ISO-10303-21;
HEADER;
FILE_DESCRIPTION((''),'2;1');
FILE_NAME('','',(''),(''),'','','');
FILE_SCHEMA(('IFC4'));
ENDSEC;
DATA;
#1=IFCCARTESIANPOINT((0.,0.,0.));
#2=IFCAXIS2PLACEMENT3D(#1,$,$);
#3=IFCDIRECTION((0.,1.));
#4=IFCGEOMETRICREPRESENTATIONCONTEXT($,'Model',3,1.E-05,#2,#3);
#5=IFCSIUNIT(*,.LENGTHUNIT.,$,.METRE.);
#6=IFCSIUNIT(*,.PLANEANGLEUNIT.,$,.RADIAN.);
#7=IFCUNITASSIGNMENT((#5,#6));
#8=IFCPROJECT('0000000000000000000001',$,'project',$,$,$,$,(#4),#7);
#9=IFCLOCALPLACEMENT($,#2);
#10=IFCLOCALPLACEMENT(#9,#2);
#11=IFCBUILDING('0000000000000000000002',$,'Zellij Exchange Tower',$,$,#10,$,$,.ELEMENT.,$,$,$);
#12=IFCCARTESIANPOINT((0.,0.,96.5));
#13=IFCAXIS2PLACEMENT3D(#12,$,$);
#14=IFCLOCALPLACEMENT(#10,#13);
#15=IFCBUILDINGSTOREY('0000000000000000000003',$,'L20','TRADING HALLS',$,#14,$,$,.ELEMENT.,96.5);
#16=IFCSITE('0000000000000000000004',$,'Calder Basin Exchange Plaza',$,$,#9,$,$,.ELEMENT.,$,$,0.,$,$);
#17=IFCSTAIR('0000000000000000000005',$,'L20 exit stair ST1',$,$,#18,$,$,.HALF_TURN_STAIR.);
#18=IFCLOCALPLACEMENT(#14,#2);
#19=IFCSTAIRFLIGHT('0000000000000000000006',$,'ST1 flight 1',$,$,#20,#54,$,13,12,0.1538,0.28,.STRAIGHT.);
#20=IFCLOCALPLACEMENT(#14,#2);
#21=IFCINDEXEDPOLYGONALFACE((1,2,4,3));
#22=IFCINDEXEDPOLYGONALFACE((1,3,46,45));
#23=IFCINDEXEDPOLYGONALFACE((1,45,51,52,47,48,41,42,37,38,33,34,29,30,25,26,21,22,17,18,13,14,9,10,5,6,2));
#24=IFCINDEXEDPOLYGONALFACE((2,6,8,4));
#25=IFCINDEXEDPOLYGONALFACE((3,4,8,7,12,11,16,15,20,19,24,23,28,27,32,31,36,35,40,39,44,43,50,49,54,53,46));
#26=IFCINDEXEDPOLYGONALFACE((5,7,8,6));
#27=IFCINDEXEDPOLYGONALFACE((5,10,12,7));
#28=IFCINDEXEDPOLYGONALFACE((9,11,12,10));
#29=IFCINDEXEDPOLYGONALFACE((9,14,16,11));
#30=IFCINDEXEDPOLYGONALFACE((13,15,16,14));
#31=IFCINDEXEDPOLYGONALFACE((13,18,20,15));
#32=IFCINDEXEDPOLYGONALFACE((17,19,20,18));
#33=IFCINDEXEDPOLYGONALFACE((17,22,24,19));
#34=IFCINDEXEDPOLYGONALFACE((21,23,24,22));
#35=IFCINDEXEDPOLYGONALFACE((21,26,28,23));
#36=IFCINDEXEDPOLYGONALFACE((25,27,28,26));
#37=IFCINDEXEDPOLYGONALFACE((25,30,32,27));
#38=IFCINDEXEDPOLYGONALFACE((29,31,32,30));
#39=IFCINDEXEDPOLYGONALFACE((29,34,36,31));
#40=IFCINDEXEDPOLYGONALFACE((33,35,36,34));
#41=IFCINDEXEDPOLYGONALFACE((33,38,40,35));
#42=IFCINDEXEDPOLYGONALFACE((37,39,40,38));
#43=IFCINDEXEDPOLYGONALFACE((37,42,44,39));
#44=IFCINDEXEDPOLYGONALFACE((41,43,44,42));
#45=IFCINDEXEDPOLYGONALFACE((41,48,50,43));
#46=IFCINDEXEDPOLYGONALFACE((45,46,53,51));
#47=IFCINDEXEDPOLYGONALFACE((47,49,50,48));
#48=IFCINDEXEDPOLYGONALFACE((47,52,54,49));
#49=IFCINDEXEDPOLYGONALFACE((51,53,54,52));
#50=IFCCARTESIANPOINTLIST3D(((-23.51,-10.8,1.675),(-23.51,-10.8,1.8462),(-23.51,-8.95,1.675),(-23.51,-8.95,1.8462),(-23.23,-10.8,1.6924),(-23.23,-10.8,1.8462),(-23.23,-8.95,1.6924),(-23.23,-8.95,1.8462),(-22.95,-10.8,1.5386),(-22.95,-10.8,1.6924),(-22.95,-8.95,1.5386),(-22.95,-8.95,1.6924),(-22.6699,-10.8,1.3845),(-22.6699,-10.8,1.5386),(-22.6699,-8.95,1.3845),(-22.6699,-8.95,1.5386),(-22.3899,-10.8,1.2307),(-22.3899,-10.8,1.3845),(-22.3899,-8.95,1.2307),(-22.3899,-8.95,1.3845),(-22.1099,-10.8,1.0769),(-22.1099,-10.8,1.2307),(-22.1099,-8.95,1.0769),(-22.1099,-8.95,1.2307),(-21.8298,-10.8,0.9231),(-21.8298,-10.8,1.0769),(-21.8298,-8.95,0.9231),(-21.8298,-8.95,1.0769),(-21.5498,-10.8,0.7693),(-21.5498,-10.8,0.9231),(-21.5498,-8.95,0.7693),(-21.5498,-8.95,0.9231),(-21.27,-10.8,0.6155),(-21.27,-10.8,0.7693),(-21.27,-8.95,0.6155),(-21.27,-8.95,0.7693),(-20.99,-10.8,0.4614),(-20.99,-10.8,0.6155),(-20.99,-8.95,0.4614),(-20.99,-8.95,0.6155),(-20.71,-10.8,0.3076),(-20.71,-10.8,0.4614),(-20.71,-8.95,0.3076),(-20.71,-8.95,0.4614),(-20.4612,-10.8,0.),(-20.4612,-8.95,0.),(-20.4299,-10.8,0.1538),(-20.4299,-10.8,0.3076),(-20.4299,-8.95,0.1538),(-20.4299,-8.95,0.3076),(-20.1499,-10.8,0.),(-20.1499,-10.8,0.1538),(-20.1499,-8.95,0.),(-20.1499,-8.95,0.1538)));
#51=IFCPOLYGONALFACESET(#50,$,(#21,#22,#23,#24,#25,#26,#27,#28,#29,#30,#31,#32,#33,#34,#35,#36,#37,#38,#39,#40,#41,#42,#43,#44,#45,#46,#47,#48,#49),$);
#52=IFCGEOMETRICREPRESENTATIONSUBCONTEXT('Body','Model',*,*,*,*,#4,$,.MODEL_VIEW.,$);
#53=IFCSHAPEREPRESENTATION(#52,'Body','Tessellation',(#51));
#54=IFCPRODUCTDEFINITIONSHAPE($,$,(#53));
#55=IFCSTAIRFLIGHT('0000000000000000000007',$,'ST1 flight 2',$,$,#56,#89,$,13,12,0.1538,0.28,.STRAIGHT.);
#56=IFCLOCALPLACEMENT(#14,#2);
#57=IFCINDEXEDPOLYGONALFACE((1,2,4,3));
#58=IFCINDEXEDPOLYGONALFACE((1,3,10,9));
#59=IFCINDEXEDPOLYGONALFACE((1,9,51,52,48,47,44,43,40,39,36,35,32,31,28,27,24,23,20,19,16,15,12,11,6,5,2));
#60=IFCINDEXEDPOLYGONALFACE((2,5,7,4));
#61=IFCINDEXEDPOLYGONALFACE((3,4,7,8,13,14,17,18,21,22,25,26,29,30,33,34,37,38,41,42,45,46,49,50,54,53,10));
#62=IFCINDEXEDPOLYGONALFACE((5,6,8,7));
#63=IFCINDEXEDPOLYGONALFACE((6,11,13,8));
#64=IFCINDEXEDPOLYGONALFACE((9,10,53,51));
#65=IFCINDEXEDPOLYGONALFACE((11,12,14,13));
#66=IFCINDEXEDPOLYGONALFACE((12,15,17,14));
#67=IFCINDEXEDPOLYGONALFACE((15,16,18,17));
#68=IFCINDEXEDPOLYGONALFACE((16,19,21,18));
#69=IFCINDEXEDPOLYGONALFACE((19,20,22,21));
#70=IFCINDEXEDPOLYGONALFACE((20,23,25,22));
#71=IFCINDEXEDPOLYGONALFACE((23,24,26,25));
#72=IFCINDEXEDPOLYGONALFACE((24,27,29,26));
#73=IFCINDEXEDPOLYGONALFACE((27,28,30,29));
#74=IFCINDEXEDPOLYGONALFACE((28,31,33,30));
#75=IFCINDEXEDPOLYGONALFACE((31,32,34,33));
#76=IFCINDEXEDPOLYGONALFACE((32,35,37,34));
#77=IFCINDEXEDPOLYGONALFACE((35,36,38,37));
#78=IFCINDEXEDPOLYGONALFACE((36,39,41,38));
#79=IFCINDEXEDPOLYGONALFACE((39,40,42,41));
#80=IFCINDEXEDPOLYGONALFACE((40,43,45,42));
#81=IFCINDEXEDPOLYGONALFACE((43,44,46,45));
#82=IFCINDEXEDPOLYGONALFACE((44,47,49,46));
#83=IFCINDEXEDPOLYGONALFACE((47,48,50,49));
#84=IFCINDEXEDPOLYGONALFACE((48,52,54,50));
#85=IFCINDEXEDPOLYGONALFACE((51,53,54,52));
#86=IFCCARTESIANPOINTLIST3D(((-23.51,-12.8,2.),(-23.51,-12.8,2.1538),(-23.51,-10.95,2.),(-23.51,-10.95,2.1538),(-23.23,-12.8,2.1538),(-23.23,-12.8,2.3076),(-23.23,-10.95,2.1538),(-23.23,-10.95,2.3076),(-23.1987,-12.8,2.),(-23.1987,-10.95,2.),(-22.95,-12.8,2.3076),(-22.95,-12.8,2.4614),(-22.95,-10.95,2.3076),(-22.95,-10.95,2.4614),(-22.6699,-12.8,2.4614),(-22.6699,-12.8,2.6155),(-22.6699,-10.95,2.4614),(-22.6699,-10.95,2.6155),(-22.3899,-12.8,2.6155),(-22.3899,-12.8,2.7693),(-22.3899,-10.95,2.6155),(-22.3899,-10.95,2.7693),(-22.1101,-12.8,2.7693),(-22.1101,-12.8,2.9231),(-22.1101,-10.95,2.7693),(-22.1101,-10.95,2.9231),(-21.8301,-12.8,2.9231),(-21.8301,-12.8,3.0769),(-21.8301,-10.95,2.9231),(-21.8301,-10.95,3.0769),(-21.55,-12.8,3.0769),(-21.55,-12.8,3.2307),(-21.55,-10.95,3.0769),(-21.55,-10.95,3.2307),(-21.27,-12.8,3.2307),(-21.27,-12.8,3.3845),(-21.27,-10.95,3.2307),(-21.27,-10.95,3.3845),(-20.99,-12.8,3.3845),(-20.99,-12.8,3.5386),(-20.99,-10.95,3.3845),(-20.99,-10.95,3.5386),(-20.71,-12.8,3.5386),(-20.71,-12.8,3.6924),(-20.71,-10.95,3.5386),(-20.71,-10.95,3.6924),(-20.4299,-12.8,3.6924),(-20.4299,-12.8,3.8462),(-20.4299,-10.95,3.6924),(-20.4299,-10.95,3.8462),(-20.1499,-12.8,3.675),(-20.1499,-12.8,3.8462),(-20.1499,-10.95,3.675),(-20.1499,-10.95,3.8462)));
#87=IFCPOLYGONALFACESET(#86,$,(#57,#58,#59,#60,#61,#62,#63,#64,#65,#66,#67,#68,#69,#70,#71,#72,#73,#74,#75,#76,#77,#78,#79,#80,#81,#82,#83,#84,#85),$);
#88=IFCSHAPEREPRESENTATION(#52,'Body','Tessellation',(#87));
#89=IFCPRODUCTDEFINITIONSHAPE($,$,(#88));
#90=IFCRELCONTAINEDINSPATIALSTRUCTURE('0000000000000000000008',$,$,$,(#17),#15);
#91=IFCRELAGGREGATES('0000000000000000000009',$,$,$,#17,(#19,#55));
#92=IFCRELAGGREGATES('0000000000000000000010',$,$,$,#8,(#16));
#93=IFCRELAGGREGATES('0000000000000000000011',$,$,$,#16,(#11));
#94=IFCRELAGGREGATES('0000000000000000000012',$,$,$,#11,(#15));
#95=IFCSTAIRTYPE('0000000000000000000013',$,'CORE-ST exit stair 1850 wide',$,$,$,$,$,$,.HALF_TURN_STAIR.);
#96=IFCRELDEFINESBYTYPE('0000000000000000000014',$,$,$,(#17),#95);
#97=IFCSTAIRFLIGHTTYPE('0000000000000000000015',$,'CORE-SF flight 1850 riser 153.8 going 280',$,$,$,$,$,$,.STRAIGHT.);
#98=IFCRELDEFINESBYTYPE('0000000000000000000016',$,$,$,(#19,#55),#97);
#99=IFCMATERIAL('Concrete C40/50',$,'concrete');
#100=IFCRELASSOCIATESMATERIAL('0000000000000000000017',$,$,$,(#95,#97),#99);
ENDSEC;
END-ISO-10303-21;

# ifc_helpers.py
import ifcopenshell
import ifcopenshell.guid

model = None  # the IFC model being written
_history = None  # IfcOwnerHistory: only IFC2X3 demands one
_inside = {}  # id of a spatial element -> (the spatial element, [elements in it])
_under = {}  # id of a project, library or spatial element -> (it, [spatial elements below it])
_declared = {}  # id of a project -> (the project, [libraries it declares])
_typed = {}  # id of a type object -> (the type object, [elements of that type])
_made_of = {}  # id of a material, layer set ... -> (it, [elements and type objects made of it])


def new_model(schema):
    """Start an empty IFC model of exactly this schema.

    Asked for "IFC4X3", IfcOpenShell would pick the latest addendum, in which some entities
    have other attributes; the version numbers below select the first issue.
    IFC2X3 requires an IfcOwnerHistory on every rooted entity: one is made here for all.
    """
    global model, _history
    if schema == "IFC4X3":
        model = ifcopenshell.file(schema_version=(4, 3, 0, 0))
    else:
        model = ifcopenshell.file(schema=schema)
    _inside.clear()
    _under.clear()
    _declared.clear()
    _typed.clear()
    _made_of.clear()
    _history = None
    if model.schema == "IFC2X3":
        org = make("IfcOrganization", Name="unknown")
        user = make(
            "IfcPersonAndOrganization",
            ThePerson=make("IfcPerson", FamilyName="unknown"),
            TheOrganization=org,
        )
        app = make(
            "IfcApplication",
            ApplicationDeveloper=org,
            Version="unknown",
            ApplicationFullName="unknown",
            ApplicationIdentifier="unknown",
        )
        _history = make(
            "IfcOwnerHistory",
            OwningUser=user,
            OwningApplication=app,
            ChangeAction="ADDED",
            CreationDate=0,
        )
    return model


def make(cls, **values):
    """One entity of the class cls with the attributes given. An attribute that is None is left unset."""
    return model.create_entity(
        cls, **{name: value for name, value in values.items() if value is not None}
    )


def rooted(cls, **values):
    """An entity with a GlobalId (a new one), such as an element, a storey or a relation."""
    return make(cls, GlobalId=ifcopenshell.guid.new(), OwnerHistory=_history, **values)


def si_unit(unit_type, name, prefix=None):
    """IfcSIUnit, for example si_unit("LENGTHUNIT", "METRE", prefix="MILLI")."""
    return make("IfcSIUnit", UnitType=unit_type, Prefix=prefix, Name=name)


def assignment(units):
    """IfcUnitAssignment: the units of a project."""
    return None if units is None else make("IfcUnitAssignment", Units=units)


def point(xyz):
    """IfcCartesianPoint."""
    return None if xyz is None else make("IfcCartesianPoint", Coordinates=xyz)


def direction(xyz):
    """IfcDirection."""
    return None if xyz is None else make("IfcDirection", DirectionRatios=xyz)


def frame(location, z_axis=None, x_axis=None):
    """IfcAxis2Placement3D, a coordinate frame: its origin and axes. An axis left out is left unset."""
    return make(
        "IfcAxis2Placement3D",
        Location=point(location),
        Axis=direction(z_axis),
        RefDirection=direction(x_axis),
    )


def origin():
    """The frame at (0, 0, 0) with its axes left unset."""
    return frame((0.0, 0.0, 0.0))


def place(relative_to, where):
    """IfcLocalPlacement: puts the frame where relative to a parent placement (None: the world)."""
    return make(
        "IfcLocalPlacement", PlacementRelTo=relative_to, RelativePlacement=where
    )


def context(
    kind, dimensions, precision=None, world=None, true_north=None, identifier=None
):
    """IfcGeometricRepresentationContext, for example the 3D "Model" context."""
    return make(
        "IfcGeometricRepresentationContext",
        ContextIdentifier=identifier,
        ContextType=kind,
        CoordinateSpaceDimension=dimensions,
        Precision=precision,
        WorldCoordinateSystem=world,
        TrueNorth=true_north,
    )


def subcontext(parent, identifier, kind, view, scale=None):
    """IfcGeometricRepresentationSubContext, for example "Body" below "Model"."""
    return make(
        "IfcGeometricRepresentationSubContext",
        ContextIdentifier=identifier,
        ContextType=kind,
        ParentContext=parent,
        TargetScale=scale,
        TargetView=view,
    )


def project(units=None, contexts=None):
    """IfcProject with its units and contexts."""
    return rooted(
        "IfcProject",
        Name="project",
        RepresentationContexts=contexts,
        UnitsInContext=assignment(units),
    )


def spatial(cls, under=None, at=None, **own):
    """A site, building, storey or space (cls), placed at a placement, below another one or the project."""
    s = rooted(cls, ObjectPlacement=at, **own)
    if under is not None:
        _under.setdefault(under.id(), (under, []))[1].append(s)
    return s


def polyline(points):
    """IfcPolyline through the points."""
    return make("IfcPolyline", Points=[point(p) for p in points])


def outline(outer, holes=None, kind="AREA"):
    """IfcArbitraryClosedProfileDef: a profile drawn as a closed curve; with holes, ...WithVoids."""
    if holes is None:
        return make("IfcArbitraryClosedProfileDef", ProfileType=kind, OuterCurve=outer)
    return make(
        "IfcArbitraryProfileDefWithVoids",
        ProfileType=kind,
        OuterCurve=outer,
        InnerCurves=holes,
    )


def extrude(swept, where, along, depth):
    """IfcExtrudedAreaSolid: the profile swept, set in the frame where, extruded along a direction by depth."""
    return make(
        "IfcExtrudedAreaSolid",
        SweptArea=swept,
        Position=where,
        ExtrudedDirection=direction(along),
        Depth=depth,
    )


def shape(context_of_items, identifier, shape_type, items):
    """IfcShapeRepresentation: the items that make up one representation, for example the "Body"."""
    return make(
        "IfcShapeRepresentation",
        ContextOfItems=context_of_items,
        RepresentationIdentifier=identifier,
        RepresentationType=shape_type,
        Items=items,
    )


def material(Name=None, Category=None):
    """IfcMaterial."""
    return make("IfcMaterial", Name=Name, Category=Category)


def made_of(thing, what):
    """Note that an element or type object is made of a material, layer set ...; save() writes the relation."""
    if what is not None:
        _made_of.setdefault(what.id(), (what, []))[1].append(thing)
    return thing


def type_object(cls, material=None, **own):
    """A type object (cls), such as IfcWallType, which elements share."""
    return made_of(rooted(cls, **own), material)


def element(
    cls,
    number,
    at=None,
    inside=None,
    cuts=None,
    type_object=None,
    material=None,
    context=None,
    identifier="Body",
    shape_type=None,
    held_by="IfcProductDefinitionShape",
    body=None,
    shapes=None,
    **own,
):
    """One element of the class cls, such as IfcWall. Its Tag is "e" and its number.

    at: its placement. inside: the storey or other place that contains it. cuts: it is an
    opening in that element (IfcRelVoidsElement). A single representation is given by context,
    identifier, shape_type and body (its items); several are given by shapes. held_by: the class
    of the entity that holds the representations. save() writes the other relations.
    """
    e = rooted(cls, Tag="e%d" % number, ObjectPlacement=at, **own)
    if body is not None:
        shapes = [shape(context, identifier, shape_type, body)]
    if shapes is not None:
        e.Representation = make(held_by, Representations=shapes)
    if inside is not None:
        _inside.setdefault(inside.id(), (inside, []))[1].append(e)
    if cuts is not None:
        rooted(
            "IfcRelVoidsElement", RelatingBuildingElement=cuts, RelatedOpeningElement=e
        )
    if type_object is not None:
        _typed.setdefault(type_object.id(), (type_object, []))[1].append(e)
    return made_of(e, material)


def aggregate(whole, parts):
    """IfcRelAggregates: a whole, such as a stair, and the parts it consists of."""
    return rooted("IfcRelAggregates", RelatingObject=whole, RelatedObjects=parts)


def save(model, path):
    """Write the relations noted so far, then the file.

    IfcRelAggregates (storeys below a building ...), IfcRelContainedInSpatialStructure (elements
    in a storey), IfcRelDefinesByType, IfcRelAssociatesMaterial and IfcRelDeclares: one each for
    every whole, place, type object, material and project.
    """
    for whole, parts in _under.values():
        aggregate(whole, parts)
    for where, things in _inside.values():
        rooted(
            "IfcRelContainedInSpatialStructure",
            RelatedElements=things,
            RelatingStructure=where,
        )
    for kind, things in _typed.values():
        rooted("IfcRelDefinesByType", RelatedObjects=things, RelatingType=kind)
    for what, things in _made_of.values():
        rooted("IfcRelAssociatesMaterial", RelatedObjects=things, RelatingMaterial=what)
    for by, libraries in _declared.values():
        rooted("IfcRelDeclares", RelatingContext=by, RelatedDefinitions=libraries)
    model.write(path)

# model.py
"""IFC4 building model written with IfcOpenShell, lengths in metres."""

from ifc_helpers import new_model, si_unit, direction, frame, origin, place, context, subcontext, project, spatial, polyline, outline, extrude, material, type_object, element, aggregate, save


model = new_model("IFC4")

# Units and contexts
model_context = context("Model", 3, precision=1e-05, world=origin(), true_north=direction((0.0, 1.0)))
body_context = subcontext(model_context, "Body", "Model", "MODEL_VIEW")
ifc_project = project(units=[si_unit("LENGTHUNIT", "METRE"), si_unit("PLANEANGLEUNIT", "RADIAN")], contexts=[model_context])

# Site, building, storey
site_placement = place(None, origin())
site = spatial("IfcSite", under=ifc_project, at=site_placement, Name="Calder Basin Exchange Plaza", CompositionType="ELEMENT", RefElevation=0.0)
building_placement = place(site_placement, origin())
building = spatial("IfcBuilding", under=site, at=building_placement, Name="Zellij Exchange Tower", CompositionType="ELEMENT")
storey_placement = place(building_placement, frame((0.0, 0.0, 96.5)))
storey = spatial("IfcBuildingStorey", under=building, at=storey_placement, Name="L20", Description="TRADING HALLS", CompositionType="ELEMENT", Elevation=96.5)

# Stair, stair flights
ifc_material_1 = material(Name="Concrete C40/50", Category="concrete")
stair_type = type_object("IfcStairType", Name="CORE-ST exit stair 1850 wide", PredefinedType="HALF_TURN_STAIR", material=ifc_material_1)
stair_placement = place(storey_placement, origin())
stair = element("IfcStair", 1, at=stair_placement, inside=storey, type_object=stair_type, Name="L20 exit stair ST1", PredefinedType="HALF_TURN_STAIR")
stair_flight_type = type_object("IfcStairFlightType", Name="CORE-SF flight 1850 riser 153.8 going 280", PredefinedType="STRAIGHT", material=ifc_material_1)
stair_flight_1_placement = place(storey_placement, frame((-20.1499, -9.875, 0.0), z_axis=(0.0, 0.0, 1.0), x_axis=(-1.0, 0.0, 0.0)))
stair_flight_1 = element("IfcStairFlight", 2, at=stair_flight_1_placement, type_object=stair_flight_type, Name="ST1 flight 1", NumberOfRisers=13, NumberOfTreads=12, PredefinedType="STRAIGHT", RiserHeight=0.1538, TreadLength=0.28, context=body_context, shape_type="SweptSolid", body=[
    extrude(outline(polyline([(0.0, 0.0), (0.0, 0.1538), (0.28, 0.1538), (0.28, 0.3076), (0.5601, 0.3076), (0.5601, 0.4614), (0.8401, 0.4614), (0.8401, 0.6155), (1.1201, 0.6155), (1.1201, 0.7693), (1.3999, 0.7693), (1.3999, 0.9231), (1.6799, 0.9231), (1.6799, 1.0769), (1.96, 1.0769), (1.96, 1.2307), (2.24, 1.2307), (2.24, 1.3845), (2.52, 1.3845), (2.52, 1.5386), (2.8, 1.5386), (2.8, 1.6924), (3.0801, 1.6924), (3.0801, 1.8462), (3.3601, 1.8462), (3.3601, 2.0), (3.3601, 1.675), (0.3113, 0.0), (0.0, 0.0)])), frame((0.0, 0.925, 0.0), z_axis=(0.0, -1.0, 0.0), x_axis=(1.0, 0.0, 0.0)), (0.0, 0.0, 1.0), 1.8501),
])
stair_flight_2_placement = place(storey_placement, frame((-23.51, -11.875, 2.0), z_axis=(0.0, 0.0, 1.0), x_axis=(1.0, 0.0, 0.0)))
stair_flight_2 = element("IfcStairFlight", 3, at=stair_flight_2_placement, type_object=stair_flight_type, Name="ST1 flight 2", NumberOfRisers=13, NumberOfTreads=12, PredefinedType="STRAIGHT", RiserHeight=0.1538, TreadLength=0.28, context=body_context, shape_type="SweptSolid", body=[
    extrude(outline(polyline([(0.0, 0.0), (0.0, 0.1538), (0.28, 0.1538), (0.28, 0.3076), (0.5601, 0.3076), (0.5601, 0.4614), (0.8401, 0.4614), (0.8401, 0.6155), (1.1201, 0.6155), (1.1201, 0.7693), (1.3999, 0.7693), (1.3999, 0.9231), (1.6799, 0.9231), (1.6799, 1.0769), (1.96, 1.0769), (1.96, 1.2307), (2.24, 1.2307), (2.24, 1.3845), (2.52, 1.3845), (2.52, 1.5386), (2.8, 1.5386), (2.8, 1.6924), (3.0801, 1.6924), (3.0801, 1.8462), (3.3601, 1.8462), (3.3601, 2.0), (3.3601, 1.675), (0.3113, 0.0), (0.0, 0.0)])), frame((0.0, 0.925, 0.0), z_axis=(0.0, -1.0, 0.0), x_axis=(1.0, 0.0, 0.0)), (0.0, 0.0, 1.0), 1.8501),
])
aggregate(stair, [stair_flight_1, stair_flight_2])

save(model, "model.ifc")
